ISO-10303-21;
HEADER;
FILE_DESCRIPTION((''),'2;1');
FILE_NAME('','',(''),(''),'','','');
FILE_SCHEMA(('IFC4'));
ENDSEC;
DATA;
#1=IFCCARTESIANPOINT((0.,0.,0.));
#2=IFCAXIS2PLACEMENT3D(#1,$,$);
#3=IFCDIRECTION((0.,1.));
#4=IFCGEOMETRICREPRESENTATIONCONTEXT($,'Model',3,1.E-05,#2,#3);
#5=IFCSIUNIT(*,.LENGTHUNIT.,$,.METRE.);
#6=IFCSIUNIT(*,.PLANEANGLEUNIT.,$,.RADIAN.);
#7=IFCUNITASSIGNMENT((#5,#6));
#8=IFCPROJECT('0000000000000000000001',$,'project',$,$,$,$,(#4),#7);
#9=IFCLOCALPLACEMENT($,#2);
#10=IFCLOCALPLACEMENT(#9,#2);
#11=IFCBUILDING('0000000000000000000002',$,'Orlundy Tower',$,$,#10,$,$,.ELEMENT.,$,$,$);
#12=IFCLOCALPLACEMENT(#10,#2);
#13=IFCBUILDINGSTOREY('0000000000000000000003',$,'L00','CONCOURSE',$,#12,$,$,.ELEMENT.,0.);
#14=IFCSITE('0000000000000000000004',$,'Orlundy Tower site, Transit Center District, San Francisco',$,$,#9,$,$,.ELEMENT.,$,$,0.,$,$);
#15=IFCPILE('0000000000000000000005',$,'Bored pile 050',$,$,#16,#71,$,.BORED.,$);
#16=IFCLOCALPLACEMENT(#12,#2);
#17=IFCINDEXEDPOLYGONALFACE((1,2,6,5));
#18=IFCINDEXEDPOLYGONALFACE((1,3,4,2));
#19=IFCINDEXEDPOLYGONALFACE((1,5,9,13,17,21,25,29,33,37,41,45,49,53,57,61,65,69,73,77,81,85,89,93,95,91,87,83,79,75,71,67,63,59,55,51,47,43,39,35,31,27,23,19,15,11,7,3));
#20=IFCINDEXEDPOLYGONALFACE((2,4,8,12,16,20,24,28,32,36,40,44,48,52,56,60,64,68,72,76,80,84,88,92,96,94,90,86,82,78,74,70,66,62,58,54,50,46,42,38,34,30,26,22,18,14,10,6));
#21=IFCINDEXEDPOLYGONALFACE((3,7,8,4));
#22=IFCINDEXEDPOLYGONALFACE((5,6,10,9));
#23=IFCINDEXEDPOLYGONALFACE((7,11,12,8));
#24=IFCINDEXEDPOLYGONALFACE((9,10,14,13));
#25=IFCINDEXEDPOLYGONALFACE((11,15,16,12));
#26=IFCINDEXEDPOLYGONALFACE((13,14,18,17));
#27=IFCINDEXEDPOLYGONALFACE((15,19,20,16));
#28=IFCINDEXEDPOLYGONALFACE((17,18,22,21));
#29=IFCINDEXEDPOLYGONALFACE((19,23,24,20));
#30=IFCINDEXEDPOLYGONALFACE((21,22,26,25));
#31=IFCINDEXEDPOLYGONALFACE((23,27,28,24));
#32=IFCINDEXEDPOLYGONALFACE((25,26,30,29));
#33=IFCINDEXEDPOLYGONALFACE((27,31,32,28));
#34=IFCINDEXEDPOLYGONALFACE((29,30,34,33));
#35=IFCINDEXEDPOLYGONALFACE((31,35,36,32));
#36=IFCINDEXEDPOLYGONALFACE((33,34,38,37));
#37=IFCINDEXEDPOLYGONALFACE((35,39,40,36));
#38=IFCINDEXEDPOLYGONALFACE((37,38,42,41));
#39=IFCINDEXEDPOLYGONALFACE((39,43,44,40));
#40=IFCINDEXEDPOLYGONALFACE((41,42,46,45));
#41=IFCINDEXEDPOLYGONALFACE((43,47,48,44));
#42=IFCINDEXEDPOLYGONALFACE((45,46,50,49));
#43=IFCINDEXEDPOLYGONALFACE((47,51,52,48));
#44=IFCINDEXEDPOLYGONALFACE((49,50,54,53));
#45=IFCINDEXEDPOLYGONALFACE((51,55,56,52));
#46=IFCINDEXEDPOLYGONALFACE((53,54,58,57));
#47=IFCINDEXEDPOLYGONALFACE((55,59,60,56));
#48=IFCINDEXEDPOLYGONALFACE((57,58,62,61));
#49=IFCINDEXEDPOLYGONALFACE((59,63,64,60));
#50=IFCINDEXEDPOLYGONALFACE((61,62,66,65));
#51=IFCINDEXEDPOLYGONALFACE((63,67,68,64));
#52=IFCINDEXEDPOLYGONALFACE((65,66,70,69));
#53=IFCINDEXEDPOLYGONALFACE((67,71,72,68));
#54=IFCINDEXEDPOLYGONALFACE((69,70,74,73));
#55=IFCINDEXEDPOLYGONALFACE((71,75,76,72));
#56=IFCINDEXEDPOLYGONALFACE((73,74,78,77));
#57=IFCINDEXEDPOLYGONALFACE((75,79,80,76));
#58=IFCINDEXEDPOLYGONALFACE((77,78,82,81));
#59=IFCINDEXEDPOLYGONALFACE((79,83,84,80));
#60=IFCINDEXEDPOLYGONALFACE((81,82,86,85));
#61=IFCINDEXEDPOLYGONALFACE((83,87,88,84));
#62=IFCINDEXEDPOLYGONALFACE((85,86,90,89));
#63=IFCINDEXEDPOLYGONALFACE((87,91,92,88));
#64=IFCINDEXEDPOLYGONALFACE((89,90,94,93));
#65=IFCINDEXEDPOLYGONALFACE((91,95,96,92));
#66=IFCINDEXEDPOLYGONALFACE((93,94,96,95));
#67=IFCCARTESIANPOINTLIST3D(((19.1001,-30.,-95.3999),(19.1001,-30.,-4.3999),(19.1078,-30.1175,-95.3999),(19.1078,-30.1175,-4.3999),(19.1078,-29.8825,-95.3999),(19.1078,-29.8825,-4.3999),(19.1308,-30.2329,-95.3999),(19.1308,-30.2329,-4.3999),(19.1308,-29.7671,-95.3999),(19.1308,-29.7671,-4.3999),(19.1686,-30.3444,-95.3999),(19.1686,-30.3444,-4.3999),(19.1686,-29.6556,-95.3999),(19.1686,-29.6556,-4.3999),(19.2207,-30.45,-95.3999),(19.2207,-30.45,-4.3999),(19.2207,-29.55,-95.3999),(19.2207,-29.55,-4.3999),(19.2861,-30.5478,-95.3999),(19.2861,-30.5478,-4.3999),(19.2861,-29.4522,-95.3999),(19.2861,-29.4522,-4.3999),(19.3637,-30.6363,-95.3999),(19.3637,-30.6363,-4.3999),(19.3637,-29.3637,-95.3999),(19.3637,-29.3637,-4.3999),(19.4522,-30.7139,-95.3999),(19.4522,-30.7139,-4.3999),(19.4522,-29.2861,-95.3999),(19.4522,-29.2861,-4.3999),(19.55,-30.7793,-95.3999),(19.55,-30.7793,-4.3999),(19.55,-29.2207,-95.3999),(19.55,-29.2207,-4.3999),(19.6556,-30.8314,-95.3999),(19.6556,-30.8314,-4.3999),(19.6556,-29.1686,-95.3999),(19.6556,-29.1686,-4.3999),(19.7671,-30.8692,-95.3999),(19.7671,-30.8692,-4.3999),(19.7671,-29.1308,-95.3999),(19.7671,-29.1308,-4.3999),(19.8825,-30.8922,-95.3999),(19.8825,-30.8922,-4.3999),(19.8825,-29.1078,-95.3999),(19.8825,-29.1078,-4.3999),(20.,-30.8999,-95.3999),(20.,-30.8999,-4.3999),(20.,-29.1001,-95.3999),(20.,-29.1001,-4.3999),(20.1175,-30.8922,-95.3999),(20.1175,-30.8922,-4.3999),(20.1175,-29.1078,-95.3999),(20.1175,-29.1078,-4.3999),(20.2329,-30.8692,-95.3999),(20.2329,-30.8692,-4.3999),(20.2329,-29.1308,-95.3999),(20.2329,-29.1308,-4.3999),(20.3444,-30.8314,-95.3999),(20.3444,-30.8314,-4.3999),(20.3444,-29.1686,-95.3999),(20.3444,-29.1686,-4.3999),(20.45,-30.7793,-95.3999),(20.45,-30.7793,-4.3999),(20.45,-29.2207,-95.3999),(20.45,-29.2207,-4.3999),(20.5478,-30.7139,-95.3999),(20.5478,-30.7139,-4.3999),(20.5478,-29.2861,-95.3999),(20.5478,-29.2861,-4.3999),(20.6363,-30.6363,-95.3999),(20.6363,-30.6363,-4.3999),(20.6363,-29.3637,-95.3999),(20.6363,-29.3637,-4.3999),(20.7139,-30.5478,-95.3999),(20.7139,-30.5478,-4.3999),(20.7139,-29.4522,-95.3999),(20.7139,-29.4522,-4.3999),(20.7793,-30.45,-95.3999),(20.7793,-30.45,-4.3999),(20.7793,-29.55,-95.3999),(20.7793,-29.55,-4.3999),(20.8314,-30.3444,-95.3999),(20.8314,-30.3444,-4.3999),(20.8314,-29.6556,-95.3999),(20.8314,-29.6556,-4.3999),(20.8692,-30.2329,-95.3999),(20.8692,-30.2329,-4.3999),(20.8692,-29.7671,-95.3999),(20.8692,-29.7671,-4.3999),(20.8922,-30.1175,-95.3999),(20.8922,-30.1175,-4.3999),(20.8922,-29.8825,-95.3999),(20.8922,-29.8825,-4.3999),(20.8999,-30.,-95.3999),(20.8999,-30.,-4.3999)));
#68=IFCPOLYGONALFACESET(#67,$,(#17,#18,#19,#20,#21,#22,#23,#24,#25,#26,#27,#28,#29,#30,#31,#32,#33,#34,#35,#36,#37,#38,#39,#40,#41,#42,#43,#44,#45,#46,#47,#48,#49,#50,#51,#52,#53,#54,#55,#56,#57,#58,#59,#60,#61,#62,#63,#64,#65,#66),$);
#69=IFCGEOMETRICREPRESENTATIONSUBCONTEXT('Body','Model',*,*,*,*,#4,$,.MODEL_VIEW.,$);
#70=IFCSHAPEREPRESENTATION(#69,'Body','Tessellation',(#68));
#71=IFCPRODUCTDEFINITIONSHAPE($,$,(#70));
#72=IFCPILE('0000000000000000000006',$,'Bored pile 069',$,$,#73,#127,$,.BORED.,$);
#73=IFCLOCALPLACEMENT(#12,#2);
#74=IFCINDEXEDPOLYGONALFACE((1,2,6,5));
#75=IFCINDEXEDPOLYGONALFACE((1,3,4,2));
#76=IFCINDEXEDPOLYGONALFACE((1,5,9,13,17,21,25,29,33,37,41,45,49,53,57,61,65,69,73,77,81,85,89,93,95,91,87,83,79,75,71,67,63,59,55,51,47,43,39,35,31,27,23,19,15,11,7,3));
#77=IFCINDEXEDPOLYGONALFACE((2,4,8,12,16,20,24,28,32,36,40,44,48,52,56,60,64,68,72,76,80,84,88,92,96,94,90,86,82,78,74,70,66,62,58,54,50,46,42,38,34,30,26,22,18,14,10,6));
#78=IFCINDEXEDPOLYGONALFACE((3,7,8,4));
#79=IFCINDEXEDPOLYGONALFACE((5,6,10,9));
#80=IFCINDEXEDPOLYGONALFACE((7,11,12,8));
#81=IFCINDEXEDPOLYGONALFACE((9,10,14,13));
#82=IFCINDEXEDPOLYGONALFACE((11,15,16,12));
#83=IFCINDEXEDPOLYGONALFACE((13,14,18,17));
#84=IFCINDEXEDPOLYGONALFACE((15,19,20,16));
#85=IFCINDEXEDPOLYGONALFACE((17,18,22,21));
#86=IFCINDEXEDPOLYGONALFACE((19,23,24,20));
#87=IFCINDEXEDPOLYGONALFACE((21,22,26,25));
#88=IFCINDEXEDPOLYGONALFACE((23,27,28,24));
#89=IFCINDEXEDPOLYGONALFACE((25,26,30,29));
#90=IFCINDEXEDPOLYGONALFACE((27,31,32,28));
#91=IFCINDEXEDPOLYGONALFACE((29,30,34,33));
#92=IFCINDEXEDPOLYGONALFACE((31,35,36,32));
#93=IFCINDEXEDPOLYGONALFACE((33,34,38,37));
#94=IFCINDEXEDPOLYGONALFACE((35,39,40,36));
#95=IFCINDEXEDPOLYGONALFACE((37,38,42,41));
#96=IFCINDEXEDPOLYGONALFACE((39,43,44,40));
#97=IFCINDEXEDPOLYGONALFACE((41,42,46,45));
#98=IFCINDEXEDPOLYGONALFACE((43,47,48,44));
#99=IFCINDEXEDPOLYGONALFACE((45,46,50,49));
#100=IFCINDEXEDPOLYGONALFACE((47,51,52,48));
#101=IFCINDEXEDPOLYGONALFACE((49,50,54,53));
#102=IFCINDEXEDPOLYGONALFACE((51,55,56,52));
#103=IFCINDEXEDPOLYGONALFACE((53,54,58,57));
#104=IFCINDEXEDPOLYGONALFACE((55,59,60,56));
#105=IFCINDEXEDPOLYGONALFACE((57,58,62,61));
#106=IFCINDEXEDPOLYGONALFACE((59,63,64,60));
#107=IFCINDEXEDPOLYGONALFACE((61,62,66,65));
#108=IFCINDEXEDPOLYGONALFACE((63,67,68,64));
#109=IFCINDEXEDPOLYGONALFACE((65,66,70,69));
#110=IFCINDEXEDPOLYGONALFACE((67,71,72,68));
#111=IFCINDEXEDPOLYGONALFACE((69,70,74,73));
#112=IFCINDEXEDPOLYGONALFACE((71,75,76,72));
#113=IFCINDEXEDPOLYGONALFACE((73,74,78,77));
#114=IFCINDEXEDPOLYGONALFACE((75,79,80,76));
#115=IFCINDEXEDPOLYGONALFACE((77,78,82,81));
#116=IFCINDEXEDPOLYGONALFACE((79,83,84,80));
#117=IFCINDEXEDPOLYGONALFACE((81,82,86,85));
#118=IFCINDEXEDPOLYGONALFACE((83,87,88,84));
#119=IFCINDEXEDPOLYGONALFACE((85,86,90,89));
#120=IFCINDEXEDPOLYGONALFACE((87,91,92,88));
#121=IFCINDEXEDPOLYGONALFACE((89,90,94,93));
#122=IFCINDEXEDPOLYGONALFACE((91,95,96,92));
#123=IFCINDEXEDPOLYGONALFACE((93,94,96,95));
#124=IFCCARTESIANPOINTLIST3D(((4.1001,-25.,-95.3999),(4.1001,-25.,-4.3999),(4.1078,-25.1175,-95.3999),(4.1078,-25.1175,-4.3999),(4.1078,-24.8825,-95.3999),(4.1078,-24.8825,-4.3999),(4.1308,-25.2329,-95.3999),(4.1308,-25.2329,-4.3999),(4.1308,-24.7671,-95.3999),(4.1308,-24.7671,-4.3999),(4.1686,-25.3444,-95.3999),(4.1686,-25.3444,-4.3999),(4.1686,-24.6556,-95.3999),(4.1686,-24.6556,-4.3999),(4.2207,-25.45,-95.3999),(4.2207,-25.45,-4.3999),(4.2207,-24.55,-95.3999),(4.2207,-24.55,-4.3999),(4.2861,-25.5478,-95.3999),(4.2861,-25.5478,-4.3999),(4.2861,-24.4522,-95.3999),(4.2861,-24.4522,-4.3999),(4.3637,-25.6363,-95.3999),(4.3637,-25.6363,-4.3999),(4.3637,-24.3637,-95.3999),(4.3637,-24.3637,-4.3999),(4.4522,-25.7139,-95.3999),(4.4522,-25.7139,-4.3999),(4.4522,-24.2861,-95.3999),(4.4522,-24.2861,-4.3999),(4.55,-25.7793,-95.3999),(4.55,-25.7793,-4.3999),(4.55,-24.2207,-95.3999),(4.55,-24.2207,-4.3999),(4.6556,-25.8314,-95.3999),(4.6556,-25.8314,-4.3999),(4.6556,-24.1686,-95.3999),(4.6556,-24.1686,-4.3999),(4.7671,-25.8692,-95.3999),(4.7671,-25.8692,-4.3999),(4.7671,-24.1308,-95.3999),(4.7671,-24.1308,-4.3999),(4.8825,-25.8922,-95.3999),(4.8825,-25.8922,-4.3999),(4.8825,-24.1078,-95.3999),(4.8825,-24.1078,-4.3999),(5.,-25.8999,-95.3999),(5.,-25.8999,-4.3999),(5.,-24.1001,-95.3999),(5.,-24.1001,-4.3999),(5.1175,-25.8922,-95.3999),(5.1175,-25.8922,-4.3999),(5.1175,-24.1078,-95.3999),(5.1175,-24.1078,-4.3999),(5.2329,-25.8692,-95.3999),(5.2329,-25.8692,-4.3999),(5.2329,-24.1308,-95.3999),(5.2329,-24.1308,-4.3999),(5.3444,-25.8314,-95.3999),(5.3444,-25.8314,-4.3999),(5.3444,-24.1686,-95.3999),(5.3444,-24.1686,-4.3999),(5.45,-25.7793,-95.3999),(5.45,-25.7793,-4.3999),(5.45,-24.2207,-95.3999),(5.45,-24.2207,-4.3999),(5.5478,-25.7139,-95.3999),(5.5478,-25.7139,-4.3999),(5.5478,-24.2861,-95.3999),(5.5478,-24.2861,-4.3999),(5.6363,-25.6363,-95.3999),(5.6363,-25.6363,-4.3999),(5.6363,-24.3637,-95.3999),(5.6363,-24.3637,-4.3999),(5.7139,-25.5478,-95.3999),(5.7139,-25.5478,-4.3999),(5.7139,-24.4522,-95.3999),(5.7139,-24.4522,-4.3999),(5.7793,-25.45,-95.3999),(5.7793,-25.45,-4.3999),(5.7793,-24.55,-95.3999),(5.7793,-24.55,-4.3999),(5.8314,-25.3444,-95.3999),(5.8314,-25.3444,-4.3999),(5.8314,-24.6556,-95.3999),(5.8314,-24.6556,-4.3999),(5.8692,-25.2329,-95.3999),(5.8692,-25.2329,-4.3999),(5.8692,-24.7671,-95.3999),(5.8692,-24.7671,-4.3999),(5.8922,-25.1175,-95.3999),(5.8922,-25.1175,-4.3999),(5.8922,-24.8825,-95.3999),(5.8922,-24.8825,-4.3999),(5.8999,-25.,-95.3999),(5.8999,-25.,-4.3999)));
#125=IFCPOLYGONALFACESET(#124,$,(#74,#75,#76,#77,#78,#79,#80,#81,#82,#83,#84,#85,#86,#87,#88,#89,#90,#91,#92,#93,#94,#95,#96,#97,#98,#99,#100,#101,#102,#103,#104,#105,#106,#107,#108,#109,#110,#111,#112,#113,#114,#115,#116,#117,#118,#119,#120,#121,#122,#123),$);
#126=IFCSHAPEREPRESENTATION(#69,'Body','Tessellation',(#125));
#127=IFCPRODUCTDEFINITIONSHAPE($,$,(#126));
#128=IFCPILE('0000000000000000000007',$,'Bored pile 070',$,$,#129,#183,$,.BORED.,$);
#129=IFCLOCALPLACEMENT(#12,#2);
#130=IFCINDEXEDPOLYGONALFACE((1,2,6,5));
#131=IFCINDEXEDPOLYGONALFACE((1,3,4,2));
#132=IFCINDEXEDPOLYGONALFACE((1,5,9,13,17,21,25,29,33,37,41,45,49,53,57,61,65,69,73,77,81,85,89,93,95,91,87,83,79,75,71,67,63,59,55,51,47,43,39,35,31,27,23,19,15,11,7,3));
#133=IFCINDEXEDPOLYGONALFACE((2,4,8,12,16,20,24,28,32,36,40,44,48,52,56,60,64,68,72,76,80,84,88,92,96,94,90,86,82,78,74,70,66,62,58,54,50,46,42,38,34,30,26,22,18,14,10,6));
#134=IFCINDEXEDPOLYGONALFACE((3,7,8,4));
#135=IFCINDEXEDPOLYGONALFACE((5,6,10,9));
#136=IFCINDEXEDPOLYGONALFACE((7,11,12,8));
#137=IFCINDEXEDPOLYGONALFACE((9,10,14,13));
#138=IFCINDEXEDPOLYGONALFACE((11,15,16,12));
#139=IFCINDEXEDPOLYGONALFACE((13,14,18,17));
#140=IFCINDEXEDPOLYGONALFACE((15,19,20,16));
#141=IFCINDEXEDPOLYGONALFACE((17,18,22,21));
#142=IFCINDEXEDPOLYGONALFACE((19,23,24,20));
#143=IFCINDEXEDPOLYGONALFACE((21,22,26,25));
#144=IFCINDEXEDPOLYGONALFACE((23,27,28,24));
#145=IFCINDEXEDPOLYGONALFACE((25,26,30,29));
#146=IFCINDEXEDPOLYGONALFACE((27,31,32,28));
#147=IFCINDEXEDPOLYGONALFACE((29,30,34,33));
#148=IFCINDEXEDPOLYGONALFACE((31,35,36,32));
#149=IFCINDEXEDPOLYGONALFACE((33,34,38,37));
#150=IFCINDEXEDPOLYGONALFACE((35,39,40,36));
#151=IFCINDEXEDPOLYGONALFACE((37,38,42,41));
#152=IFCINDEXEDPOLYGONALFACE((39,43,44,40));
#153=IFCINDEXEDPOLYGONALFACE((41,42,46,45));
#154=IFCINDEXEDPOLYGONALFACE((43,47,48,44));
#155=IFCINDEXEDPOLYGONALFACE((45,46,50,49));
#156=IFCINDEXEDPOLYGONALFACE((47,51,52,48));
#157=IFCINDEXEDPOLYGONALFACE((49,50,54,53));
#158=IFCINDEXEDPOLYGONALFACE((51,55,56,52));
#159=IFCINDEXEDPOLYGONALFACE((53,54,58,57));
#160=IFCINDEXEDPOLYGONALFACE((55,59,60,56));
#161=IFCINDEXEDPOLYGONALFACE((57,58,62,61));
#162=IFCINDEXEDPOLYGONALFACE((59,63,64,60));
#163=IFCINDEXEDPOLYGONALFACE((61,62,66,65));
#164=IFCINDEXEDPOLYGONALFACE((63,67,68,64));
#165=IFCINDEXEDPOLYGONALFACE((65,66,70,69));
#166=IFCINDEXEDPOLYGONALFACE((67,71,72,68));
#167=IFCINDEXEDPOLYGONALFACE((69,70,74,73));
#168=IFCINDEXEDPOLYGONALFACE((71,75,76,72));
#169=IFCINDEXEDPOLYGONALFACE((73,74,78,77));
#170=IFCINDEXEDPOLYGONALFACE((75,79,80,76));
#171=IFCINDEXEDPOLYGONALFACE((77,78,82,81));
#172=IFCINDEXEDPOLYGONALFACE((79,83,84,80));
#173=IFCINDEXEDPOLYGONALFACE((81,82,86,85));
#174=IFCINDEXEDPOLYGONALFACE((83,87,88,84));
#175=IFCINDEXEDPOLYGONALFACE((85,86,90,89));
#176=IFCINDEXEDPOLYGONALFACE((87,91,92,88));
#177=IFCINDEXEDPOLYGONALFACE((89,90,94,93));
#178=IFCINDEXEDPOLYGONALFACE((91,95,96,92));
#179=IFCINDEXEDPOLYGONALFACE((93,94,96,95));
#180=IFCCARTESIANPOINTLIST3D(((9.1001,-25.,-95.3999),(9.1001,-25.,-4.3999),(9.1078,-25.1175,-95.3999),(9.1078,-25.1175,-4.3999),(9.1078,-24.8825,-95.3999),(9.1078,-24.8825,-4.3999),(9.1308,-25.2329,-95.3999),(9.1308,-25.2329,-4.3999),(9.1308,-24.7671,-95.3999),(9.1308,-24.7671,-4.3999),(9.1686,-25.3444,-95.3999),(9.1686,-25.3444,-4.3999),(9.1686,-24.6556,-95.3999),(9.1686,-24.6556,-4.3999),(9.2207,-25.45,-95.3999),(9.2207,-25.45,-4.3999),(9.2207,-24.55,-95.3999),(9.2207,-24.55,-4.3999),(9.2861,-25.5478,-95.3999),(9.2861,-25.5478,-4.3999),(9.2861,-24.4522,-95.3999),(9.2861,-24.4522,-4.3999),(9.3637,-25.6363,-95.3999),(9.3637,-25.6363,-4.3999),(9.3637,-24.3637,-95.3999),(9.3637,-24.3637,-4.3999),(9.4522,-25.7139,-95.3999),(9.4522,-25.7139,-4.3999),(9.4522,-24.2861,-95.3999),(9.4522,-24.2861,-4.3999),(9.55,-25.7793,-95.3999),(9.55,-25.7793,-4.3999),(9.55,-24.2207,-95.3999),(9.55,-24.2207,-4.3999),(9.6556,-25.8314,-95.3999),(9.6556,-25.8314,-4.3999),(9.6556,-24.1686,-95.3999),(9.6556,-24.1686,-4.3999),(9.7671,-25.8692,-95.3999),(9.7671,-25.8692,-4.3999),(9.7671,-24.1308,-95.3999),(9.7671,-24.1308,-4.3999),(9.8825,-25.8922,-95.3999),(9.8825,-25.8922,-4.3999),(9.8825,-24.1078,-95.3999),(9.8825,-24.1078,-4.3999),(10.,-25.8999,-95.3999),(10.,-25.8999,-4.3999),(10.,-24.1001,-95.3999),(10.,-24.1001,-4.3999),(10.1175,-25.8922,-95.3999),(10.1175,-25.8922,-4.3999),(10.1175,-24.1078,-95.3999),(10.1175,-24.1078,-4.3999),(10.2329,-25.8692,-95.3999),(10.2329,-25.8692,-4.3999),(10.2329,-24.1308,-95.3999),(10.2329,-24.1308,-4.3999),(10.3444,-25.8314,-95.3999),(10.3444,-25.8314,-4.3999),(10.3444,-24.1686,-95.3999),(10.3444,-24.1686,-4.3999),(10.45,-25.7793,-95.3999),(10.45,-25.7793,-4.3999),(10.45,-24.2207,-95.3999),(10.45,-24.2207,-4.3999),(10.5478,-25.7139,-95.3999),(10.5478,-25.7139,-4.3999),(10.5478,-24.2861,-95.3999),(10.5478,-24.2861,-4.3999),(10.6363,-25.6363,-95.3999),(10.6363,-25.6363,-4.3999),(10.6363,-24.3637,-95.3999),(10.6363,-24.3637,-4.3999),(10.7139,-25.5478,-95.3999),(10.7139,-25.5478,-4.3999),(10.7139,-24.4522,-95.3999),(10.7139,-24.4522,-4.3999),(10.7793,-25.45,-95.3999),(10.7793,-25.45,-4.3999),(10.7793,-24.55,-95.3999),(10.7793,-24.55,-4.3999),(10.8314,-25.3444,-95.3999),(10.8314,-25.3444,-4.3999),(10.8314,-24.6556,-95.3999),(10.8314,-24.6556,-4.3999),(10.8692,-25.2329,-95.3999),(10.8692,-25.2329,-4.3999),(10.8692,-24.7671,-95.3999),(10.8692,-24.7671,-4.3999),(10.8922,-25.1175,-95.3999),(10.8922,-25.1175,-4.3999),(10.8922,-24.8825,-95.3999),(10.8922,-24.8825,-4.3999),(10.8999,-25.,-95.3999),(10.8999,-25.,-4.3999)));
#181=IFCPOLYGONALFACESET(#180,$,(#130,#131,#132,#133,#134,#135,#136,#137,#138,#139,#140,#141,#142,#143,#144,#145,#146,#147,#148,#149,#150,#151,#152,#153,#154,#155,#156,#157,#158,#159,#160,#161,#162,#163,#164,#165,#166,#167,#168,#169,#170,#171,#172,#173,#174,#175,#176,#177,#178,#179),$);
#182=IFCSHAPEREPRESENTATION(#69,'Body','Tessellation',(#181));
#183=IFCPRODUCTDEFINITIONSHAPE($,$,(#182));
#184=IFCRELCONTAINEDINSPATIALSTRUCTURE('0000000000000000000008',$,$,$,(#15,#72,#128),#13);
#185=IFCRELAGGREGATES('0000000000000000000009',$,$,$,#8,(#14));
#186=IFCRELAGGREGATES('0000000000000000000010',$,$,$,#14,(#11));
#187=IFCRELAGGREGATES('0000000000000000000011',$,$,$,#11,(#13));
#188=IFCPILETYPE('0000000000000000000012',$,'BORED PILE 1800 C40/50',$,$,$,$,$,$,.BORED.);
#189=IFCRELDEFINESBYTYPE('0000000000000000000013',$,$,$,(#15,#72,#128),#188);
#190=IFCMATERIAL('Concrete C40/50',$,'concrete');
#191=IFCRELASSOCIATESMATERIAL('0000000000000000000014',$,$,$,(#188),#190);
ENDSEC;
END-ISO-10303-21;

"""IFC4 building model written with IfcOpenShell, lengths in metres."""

from ifc_helpers import new_model, si_unit, direction, frame, origin, origin_2d, place, context, subcontext, project, spatial, circle, extrude, material, material_profile, profile_set, type_object, element, save


model = new_model("IFC4")

# Units and contexts
model_context = context("Model", 3, precision=1e-05, world=origin(), true_north=direction((0.0, 1.0)))
body_context = subcontext(model_context, "Body", "Model", "MODEL_VIEW")
ifc_project = project(units=[si_unit("LENGTHUNIT", "METRE"), si_unit("PLANEANGLEUNIT", "RADIAN")], contexts=[model_context])

# Site, building, storey
site_placement = place(None, origin())
site = spatial("IfcSite", under=ifc_project, at=site_placement, Name="Orlundy Tower site, Transit Center District, San Francisco", CompositionType="ELEMENT", RefElevation=0.0)
building_placement = place(site_placement, origin())
building = spatial("IfcBuilding", under=site, at=building_placement, Name="Orlundy Tower", CompositionType="ELEMENT")
storey_placement = place(building_placement, origin())
storey = spatial("IfcBuildingStorey", under=building, at=storey_placement, Name="L00", Description="CONCOURSE", CompositionType="ELEMENT", Elevation=0.0)

# Piles
ifc_material_1 = material(Name="Concrete C40/50", Category="concrete")
ifc_material_profile_1 = material_profile(ifc_material_1, circle(Radius=0.8999, at=origin_2d()), Name="BP1800")
ifc_profile_set_1 = profile_set([ifc_material_profile_1], Name="Concrete C40/50")
pile_type = type_object("IfcPileType", Name="BORED PILE 1800 C40/50", PredefinedType="BORED", material=ifc_profile_set_1)
for number, where, z_axis, x_axis, name in (
    (1, (20.0, -30.0, -4.3999), (0.0, 0.0, -1.0), (1.0, 0.0, 0.0), "Bored pile 050"),
    (2, (5.0, -25.0, -4.3999), (0.0, 0.0, -1.0), (1.0, 0.0, 0.0), "Bored pile 069"),
    (3, (10.0, -25.0, -4.3999), (0.0, 0.0, -1.0), (1.0, 0.0, 0.0), "Bored pile 070"),
):
    element("IfcPile", number, at=place(storey_placement, frame(where, z_axis=z_axis, x_axis=x_axis)), inside=storey, type_object=pile_type, Name=name, PredefinedType="BORED", context=body_context, shape_type="SweptSolid", body=[
        extrude(circle(Radius=0.8999, at=origin_2d()), origin(), (0.0, 0.0, 1.0), 91.0),
    ])

save(model, "model.ifc")
